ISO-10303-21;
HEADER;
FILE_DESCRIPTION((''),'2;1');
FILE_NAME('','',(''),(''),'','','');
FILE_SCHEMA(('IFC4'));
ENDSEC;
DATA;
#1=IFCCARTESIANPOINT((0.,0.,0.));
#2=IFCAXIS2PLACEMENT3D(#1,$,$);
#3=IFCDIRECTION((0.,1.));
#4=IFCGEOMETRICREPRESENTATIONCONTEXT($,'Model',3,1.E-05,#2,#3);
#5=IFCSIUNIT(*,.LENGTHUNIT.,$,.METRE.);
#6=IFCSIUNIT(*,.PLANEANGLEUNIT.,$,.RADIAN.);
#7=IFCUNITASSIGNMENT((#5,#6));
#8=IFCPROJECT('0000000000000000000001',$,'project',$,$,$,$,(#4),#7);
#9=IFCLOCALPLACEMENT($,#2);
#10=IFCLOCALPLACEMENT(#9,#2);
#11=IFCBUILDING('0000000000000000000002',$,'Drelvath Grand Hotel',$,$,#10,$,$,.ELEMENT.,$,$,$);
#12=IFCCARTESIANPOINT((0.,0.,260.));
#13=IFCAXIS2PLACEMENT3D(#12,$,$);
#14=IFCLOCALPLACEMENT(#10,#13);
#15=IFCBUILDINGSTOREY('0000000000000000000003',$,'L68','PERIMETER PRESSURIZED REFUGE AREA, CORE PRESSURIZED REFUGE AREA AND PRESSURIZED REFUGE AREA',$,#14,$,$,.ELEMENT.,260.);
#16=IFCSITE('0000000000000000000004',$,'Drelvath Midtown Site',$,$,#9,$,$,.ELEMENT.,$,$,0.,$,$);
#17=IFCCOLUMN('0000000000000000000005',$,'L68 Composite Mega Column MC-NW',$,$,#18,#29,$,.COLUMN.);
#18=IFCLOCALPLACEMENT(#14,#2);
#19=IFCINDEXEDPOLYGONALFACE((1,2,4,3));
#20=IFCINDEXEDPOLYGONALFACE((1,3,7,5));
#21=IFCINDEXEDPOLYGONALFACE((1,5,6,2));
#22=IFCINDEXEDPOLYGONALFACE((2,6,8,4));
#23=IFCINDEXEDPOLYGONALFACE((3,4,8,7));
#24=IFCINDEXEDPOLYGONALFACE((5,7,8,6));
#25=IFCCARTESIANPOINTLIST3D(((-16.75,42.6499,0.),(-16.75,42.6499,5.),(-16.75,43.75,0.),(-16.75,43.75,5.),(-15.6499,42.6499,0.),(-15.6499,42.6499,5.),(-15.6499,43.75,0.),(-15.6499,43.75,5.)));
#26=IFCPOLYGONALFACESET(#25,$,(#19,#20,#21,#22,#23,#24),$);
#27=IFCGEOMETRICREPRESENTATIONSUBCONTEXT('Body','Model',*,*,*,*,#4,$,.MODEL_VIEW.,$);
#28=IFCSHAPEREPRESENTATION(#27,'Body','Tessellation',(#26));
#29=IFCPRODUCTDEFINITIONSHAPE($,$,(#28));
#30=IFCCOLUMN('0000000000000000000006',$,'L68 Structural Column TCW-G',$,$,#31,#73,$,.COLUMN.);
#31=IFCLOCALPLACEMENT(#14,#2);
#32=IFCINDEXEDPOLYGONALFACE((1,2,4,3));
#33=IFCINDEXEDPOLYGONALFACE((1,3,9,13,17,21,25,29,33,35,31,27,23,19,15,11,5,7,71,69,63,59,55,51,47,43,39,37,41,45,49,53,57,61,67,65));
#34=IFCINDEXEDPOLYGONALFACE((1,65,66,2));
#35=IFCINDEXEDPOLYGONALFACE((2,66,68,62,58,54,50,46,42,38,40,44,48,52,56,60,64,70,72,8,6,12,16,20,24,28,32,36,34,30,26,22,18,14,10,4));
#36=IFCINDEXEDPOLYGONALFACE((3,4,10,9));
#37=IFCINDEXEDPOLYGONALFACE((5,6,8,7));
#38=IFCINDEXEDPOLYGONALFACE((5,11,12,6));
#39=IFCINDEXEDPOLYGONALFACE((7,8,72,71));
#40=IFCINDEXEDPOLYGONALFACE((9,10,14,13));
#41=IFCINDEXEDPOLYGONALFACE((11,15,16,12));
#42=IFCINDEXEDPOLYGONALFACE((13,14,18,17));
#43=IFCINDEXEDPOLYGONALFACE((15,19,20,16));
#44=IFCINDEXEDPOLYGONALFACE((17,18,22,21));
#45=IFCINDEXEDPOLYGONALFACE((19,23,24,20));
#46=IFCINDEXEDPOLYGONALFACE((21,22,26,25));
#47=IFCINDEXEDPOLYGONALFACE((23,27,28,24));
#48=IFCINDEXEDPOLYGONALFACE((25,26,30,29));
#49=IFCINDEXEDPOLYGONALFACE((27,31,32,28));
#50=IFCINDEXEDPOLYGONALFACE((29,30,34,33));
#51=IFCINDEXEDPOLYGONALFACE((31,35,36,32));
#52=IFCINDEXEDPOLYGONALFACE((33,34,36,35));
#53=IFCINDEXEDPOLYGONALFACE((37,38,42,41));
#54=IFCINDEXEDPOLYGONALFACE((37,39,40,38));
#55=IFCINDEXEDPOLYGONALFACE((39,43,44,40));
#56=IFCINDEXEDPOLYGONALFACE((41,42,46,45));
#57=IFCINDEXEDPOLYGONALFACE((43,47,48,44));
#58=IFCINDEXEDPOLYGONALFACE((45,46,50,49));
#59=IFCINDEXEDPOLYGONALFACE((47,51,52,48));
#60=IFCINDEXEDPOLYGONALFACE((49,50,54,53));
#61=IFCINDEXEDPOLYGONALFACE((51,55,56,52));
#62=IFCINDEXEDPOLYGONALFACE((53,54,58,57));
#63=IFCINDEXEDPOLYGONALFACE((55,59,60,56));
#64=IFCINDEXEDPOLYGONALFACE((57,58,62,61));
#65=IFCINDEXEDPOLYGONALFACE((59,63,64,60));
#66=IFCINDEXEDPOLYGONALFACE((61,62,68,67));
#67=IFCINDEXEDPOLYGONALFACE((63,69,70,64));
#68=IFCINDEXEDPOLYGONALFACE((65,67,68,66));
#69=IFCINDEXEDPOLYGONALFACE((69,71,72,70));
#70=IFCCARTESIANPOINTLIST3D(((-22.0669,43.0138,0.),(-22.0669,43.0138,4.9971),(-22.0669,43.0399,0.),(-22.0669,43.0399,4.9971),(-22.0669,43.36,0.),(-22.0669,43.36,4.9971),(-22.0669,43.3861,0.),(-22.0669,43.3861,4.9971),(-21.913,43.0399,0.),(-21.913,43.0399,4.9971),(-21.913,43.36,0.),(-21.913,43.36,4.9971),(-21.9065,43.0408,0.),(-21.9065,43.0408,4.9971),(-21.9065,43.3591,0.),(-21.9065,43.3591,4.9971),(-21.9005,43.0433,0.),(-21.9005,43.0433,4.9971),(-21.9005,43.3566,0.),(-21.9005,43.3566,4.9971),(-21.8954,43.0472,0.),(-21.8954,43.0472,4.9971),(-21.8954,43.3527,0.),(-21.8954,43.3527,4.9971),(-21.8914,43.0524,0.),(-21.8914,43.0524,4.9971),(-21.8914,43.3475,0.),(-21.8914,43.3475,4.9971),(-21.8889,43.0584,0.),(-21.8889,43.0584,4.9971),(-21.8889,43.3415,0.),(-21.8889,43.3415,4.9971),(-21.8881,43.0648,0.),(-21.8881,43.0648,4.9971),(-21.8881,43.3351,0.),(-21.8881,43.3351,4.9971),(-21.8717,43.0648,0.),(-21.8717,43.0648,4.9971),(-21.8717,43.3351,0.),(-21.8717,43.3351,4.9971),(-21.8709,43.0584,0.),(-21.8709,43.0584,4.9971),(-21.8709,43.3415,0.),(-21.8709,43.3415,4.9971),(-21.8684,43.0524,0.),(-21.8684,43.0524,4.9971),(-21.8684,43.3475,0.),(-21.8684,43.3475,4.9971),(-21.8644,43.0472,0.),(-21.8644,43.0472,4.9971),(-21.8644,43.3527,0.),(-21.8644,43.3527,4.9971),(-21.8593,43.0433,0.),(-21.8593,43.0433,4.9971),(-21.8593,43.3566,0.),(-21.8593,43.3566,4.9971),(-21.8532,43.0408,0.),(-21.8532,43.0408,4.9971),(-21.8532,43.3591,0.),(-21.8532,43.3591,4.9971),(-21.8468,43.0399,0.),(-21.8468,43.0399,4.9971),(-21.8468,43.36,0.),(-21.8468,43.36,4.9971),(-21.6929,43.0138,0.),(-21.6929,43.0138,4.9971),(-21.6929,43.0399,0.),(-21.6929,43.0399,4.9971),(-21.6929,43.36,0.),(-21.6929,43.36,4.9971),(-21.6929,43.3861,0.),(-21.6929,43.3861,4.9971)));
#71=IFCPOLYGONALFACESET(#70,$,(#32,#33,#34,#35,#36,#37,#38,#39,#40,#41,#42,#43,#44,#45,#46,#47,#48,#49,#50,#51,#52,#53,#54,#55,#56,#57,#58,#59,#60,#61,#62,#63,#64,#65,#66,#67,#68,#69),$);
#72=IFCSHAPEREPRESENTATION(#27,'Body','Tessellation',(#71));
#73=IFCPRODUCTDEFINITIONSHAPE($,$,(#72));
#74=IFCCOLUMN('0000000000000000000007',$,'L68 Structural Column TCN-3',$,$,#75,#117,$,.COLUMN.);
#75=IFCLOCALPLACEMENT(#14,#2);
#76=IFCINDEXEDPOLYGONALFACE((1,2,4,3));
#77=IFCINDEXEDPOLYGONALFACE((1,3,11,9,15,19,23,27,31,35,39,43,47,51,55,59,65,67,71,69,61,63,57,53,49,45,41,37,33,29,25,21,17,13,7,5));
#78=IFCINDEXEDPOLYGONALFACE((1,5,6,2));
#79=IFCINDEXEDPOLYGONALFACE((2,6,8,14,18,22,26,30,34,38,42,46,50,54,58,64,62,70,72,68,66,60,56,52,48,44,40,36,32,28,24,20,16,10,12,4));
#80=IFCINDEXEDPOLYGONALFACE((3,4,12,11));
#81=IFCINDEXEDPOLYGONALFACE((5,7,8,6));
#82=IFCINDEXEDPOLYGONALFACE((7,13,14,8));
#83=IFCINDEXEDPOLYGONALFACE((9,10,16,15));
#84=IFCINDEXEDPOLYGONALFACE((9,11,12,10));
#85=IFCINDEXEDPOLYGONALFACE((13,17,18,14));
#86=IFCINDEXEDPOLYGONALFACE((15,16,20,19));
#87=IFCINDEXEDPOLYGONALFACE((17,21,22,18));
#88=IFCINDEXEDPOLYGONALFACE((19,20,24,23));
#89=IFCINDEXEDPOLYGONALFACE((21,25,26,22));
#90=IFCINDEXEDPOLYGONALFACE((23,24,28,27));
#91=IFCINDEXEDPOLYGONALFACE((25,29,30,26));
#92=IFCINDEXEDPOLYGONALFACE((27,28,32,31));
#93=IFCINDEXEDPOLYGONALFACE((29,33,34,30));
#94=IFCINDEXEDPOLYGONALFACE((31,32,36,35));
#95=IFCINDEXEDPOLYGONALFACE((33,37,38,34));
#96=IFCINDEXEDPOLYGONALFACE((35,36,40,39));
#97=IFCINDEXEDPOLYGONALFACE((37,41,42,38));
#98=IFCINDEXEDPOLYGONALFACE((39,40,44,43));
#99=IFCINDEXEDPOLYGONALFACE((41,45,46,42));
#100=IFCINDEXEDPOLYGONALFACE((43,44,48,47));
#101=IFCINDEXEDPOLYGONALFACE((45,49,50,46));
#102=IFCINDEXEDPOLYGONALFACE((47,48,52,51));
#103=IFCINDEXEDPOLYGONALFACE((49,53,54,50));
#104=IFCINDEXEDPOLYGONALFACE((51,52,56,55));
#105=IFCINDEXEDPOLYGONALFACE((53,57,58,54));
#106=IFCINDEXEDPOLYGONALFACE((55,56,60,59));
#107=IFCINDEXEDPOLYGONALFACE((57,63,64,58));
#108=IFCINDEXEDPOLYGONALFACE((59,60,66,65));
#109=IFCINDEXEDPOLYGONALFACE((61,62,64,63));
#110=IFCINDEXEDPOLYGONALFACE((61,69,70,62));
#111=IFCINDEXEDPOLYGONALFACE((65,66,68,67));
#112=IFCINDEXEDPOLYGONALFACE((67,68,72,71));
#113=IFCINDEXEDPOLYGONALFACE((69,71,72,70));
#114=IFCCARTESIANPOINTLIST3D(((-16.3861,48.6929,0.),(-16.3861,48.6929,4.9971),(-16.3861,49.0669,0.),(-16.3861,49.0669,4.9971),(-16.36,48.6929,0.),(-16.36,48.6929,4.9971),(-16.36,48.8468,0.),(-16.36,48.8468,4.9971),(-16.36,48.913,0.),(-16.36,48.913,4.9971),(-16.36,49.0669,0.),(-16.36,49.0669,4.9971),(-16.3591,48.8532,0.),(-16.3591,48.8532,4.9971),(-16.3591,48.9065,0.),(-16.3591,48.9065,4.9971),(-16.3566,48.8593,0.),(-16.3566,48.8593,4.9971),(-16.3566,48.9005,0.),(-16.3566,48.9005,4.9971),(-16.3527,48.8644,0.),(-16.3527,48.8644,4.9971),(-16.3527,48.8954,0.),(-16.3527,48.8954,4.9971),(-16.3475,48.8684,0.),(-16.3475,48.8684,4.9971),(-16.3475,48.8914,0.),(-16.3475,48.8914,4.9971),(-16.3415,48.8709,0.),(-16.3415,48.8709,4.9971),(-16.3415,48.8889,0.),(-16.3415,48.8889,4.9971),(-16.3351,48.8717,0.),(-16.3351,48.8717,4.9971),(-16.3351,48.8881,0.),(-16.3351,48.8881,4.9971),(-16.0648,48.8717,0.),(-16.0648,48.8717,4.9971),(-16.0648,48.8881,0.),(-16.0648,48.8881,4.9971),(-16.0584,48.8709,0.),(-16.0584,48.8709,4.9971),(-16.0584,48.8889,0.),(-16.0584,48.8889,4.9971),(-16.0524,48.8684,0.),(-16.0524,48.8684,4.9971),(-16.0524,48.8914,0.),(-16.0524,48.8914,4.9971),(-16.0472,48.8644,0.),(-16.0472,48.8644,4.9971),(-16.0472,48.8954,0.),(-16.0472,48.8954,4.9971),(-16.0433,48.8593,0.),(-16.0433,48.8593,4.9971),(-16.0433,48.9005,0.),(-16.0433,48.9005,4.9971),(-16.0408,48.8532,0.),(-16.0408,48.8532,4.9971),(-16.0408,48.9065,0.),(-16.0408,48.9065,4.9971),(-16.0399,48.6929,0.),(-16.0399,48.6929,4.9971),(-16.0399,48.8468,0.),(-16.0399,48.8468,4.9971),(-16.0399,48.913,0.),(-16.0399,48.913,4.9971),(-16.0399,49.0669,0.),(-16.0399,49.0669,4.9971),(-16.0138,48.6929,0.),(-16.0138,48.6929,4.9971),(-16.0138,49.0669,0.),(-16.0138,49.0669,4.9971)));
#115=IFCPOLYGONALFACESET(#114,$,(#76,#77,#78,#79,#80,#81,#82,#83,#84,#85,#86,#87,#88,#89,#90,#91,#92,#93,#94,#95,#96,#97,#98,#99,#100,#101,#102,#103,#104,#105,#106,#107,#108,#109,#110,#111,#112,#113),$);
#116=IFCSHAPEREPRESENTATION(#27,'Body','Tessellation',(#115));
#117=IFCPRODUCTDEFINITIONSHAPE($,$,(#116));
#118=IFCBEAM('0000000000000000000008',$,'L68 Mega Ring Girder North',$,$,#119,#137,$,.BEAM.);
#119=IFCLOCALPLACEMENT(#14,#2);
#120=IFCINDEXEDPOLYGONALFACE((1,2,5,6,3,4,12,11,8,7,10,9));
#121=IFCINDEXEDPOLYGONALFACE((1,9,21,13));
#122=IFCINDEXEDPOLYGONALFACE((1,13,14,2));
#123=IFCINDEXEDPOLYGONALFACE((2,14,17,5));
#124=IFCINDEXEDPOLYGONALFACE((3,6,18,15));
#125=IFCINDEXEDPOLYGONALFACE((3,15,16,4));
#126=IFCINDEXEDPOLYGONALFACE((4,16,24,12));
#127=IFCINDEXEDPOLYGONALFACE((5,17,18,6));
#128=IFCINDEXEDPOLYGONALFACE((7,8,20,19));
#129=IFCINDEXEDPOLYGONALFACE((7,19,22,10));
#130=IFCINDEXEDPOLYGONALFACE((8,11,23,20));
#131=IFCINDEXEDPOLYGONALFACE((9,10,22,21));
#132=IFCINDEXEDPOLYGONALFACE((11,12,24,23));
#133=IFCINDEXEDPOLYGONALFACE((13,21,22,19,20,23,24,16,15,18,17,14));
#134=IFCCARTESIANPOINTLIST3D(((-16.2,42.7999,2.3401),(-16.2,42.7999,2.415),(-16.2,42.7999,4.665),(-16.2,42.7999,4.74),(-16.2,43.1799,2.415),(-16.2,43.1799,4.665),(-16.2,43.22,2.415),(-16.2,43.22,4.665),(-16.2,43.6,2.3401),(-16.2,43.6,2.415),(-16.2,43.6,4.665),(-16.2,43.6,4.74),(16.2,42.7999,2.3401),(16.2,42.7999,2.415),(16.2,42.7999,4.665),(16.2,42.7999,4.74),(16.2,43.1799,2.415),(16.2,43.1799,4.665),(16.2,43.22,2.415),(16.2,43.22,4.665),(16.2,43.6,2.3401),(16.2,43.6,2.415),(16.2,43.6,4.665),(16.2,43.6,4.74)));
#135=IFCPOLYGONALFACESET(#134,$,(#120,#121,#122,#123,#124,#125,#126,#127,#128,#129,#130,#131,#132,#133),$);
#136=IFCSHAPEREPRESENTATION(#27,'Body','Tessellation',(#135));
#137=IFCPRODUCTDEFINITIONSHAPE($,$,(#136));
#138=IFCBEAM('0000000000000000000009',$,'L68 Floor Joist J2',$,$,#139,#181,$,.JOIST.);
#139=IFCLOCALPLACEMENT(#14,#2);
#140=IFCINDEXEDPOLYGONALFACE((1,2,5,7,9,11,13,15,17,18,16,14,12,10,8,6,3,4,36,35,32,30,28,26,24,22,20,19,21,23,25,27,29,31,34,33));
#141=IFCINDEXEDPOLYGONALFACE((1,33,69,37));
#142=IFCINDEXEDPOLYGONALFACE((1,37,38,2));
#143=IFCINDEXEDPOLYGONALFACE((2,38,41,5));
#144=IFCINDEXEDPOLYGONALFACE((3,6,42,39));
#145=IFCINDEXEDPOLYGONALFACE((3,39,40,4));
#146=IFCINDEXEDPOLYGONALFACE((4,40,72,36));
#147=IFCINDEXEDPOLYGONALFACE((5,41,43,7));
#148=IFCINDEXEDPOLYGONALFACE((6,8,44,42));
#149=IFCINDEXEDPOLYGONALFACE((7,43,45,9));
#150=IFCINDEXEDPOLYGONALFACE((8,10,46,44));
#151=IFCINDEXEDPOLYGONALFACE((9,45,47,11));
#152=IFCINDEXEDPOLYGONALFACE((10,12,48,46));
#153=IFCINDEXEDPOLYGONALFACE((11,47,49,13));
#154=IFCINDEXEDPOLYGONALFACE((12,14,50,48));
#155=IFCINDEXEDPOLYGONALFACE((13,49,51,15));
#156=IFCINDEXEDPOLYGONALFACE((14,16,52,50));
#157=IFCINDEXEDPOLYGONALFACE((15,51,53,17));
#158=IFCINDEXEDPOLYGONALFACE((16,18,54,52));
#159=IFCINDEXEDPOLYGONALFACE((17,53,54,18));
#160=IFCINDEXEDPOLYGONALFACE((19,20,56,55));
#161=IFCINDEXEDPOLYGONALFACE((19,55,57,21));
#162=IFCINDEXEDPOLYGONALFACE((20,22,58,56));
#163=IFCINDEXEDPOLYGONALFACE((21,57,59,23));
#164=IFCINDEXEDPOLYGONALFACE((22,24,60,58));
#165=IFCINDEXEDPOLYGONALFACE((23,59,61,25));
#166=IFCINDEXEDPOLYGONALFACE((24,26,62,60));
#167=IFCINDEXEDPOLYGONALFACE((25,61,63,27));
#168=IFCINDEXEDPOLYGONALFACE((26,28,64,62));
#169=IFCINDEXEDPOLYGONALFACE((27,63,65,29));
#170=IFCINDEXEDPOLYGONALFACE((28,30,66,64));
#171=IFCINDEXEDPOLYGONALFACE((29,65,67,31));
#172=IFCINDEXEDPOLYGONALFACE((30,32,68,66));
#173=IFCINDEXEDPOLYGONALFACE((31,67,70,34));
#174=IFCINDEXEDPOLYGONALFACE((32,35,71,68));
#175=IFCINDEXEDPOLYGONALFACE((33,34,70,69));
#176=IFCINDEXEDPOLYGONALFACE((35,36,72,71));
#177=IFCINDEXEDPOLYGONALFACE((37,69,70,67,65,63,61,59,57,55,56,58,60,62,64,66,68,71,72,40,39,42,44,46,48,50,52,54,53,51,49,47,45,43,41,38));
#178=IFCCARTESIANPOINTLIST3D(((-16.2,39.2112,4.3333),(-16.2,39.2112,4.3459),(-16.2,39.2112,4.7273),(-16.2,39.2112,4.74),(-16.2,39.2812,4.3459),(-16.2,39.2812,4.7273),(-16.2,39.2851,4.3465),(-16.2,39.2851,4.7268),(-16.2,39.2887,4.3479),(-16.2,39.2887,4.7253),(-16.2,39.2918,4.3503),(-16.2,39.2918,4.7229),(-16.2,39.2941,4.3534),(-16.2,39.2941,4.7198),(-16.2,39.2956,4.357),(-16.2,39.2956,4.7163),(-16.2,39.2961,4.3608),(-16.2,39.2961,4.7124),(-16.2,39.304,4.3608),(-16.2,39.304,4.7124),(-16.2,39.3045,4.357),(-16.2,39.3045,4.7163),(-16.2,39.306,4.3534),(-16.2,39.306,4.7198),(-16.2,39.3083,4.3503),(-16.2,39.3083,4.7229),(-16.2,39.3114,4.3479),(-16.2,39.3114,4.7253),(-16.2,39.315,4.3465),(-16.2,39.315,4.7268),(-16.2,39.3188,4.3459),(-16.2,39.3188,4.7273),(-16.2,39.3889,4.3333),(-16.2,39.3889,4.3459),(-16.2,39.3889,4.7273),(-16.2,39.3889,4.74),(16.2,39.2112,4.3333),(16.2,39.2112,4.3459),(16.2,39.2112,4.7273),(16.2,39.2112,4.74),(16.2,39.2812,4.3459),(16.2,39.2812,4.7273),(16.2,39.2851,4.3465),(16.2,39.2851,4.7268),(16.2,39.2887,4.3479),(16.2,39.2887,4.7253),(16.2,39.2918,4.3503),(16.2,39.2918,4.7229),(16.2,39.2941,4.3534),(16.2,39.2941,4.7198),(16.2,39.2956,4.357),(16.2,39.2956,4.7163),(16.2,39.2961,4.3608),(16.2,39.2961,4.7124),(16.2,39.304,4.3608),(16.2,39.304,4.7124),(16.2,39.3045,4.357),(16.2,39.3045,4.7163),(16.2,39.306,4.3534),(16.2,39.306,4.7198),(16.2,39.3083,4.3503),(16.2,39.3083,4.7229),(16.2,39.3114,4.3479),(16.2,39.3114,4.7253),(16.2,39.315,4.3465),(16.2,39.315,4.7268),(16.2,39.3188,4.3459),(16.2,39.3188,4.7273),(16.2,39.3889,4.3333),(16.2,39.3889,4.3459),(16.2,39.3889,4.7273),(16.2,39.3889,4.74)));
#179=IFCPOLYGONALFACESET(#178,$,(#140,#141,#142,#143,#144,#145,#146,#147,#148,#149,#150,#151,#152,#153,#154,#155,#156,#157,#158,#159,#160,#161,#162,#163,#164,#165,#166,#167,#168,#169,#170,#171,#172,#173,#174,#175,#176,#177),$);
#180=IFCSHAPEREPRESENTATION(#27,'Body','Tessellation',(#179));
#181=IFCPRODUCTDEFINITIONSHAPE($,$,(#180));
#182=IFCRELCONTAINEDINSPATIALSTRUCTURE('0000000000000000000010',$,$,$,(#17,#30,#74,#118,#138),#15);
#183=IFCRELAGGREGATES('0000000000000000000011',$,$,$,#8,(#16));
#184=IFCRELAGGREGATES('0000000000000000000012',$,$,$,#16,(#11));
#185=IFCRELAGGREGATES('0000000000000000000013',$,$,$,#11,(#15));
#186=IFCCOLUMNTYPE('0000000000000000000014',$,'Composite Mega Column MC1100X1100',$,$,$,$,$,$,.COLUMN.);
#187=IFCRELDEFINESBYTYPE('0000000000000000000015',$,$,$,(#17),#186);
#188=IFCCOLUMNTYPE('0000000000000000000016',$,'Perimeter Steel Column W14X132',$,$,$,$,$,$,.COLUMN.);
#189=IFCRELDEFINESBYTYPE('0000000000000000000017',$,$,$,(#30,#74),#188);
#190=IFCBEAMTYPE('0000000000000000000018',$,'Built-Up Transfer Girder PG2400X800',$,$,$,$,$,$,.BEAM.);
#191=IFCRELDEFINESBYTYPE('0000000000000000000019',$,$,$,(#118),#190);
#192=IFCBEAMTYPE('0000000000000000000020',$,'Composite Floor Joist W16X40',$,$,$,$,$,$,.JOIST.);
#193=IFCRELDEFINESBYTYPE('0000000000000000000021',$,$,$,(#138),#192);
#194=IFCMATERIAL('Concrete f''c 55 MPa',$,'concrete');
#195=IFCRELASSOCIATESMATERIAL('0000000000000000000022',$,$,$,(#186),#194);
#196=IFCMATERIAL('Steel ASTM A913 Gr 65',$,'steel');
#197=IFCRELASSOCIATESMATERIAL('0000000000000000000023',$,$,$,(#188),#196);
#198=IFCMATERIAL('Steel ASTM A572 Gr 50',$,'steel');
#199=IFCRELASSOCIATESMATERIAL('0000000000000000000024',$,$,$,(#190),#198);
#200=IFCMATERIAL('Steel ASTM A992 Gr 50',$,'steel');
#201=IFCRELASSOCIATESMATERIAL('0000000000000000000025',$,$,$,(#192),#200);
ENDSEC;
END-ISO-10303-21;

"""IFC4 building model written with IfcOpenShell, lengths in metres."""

from ifc_helpers import new_model, si_unit, direction, frame, origin, origin_2d, place, context, subcontext, project, spatial, rectangle, i_section, extrude, material, material_profile, profile_set, type_object, element, save


model = new_model("IFC4")

# Units and contexts
model_context = context("Model", 3, precision=1e-05, world=origin(), true_north=direction((0.0, 1.0)))
body_context = subcontext(model_context, "Body", "Model", "MODEL_VIEW")
ifc_project = project(units=[si_unit("LENGTHUNIT", "METRE"), si_unit("PLANEANGLEUNIT", "RADIAN")], contexts=[model_context])

# Site, building, storey
site_placement = place(None, origin())
site = spatial("IfcSite", under=ifc_project, at=site_placement, Name="Drelvath Midtown Site", CompositionType="ELEMENT", RefElevation=0.0)
building_placement = place(site_placement, origin())
building = spatial("IfcBuilding", under=site, at=building_placement, Name="Drelvath Grand Hotel", CompositionType="ELEMENT")
storey_placement = place(building_placement, frame((0.0, 0.0, 260.0)))
storey = spatial("IfcBuildingStorey", under=building, at=storey_placement, Name="L68", Description="PERIMETER PRESSURIZED REFUGE AREA, CORE PRESSURIZED REFUGE AREA AND PRESSURIZED REFUGE AREA", CompositionType="ELEMENT", Elevation=260.0)

# Columns
ifc_material_1 = material(Name="Concrete f'c 55 MPa", Category="concrete")
ifc_material_profile_1 = material_profile(ifc_material_1, rectangle(XDim=1.1001, YDim=1.1001, at=origin_2d()), Name="MC1100X1100")
ifc_profile_set_1 = profile_set([ifc_material_profile_1], Name="Concrete f'c 55 MPa")
column_type_1 = type_object("IfcColumnType", Name="Composite Mega Column MC1100X1100", PredefinedType="COLUMN", material=ifc_profile_set_1)
column_placement = place(storey_placement, frame((-16.2, 43.2, 0.0), z_axis=(0.0, 0.0, 1.0), x_axis=(1.0, 0.0, 0.0)))
element("IfcColumn", 1, at=column_placement, inside=storey, type_object=column_type_1, Name="L68 Composite Mega Column MC-NW", PredefinedType="COLUMN", context=body_context, shape_type="SweptSolid", body=[
    extrude(rectangle(XDim=1.1001, YDim=1.1001, at=origin_2d()), origin(), (0.0, 0.0, 1.0), 5.0),
])
ifc_material_2 = material(Name="Steel ASTM A913 Gr 65", Category="steel")
ifc_material_profile_2 = material_profile(ifc_material_2, i_section(OverallWidth=0.374, OverallDepth=0.3723, WebThickness=0.0164, FlangeThickness=0.0261, FilletRadius=0.0249, at=origin_2d()), Name="W14X132")
ifc_profile_set_2 = profile_set([ifc_material_profile_2], Name="Steel ASTM A913 Gr 65")
column_type_2 = type_object("IfcColumnType", Name="Perimeter Steel Column W14X132", PredefinedType="COLUMN", material=ifc_profile_set_2)
for number, where, z_axis, x_axis, name in (
    (2, (-21.8799, 43.2, 0.0), (0.0, 0.0, 1.0), (1.0, 0.0, 0.0), "L68 Structural Column TCW-G"),
    (3, (-16.2, 48.8799, 0.0), (0.0, 0.0, 1.0), (0.0, 1.0, 0.0), "L68 Structural Column TCN-3"),
):
    element("IfcColumn", number, at=place(storey_placement, frame(where, z_axis=z_axis, x_axis=x_axis)), inside=storey, type_object=column_type_2, Name=name, PredefinedType="COLUMN", context=body_context, shape_type="SweptSolid", body=[
        extrude(i_section(OverallWidth=0.374, OverallDepth=0.3723, WebThickness=0.0164, FlangeThickness=0.0261, FilletRadius=0.0249, at=origin_2d()), origin(), (0.0, 0.0, 1.0), 4.9971),
    ])

# Beams
ifc_material_3 = material(Name="Steel ASTM A572 Gr 50", Category="steel")
ifc_material_profile_3 = material_profile(ifc_material_3, i_section(OverallWidth=0.8, OverallDepth=2.3999, WebThickness=0.04, FlangeThickness=0.075, at=origin_2d()), Name="PG2400X800")
ifc_profile_set_3 = profile_set([ifc_material_profile_3], Name="Steel ASTM A572 Gr 50")
beam_type_1 = type_object("IfcBeamType", Name="Built-Up Transfer Girder PG2400X800", PredefinedType="BEAM", material=ifc_profile_set_3)
beam_1_placement = place(storey_placement, frame((-16.2, 43.2, 3.54), z_axis=(1.0, 0.0, 0.0), x_axis=(0.0, 1.0, 0.0)))
element("IfcBeam", 4, at=beam_1_placement, inside=storey, type_object=beam_type_1, Name="L68 Mega Ring Girder North", PredefinedType="BEAM", context=body_context, shape_type="SweptSolid", body=[
    extrude(i_section(OverallWidth=0.8, OverallDepth=2.3999, WebThickness=0.04, FlangeThickness=0.075, at=origin_2d()), origin(), (0.0, 0.0, 1.0), 32.3999),
])
ifc_material_4 = material(Name="Steel ASTM A992 Gr 50", Category="steel")
ifc_material_profile_4 = material_profile(ifc_material_4, i_section(OverallWidth=0.1777, OverallDepth=0.4067, WebThickness=0.0078, FlangeThickness=0.0127, FilletRadius=0.0149, at=origin_2d()), Name="W16X40")
ifc_profile_set_4 = profile_set([ifc_material_profile_4], Name="Steel ASTM A992 Gr 50")
beam_type_2 = type_object("IfcBeamType", Name="Composite Floor Joist W16X40", PredefinedType="JOIST", material=ifc_profile_set_4)
beam_2_placement = place(storey_placement, frame((-16.2, 39.3, 4.5366), z_axis=(1.0, 0.0, 0.0), x_axis=(0.0, 1.0, 0.0)))
element("IfcBeam", 5, at=beam_2_placement, inside=storey, type_object=beam_type_2, Name="L68 Floor Joist J2", PredefinedType="JOIST", context=body_context, shape_type="SweptSolid", body=[
    extrude(i_section(OverallWidth=0.1777, OverallDepth=0.4067, WebThickness=0.0078, FlangeThickness=0.0127, FilletRadius=0.0149, at=origin_2d()), origin(), (0.0, 0.0, 1.0), 32.3999),
])

save(model, "model.ifc")
